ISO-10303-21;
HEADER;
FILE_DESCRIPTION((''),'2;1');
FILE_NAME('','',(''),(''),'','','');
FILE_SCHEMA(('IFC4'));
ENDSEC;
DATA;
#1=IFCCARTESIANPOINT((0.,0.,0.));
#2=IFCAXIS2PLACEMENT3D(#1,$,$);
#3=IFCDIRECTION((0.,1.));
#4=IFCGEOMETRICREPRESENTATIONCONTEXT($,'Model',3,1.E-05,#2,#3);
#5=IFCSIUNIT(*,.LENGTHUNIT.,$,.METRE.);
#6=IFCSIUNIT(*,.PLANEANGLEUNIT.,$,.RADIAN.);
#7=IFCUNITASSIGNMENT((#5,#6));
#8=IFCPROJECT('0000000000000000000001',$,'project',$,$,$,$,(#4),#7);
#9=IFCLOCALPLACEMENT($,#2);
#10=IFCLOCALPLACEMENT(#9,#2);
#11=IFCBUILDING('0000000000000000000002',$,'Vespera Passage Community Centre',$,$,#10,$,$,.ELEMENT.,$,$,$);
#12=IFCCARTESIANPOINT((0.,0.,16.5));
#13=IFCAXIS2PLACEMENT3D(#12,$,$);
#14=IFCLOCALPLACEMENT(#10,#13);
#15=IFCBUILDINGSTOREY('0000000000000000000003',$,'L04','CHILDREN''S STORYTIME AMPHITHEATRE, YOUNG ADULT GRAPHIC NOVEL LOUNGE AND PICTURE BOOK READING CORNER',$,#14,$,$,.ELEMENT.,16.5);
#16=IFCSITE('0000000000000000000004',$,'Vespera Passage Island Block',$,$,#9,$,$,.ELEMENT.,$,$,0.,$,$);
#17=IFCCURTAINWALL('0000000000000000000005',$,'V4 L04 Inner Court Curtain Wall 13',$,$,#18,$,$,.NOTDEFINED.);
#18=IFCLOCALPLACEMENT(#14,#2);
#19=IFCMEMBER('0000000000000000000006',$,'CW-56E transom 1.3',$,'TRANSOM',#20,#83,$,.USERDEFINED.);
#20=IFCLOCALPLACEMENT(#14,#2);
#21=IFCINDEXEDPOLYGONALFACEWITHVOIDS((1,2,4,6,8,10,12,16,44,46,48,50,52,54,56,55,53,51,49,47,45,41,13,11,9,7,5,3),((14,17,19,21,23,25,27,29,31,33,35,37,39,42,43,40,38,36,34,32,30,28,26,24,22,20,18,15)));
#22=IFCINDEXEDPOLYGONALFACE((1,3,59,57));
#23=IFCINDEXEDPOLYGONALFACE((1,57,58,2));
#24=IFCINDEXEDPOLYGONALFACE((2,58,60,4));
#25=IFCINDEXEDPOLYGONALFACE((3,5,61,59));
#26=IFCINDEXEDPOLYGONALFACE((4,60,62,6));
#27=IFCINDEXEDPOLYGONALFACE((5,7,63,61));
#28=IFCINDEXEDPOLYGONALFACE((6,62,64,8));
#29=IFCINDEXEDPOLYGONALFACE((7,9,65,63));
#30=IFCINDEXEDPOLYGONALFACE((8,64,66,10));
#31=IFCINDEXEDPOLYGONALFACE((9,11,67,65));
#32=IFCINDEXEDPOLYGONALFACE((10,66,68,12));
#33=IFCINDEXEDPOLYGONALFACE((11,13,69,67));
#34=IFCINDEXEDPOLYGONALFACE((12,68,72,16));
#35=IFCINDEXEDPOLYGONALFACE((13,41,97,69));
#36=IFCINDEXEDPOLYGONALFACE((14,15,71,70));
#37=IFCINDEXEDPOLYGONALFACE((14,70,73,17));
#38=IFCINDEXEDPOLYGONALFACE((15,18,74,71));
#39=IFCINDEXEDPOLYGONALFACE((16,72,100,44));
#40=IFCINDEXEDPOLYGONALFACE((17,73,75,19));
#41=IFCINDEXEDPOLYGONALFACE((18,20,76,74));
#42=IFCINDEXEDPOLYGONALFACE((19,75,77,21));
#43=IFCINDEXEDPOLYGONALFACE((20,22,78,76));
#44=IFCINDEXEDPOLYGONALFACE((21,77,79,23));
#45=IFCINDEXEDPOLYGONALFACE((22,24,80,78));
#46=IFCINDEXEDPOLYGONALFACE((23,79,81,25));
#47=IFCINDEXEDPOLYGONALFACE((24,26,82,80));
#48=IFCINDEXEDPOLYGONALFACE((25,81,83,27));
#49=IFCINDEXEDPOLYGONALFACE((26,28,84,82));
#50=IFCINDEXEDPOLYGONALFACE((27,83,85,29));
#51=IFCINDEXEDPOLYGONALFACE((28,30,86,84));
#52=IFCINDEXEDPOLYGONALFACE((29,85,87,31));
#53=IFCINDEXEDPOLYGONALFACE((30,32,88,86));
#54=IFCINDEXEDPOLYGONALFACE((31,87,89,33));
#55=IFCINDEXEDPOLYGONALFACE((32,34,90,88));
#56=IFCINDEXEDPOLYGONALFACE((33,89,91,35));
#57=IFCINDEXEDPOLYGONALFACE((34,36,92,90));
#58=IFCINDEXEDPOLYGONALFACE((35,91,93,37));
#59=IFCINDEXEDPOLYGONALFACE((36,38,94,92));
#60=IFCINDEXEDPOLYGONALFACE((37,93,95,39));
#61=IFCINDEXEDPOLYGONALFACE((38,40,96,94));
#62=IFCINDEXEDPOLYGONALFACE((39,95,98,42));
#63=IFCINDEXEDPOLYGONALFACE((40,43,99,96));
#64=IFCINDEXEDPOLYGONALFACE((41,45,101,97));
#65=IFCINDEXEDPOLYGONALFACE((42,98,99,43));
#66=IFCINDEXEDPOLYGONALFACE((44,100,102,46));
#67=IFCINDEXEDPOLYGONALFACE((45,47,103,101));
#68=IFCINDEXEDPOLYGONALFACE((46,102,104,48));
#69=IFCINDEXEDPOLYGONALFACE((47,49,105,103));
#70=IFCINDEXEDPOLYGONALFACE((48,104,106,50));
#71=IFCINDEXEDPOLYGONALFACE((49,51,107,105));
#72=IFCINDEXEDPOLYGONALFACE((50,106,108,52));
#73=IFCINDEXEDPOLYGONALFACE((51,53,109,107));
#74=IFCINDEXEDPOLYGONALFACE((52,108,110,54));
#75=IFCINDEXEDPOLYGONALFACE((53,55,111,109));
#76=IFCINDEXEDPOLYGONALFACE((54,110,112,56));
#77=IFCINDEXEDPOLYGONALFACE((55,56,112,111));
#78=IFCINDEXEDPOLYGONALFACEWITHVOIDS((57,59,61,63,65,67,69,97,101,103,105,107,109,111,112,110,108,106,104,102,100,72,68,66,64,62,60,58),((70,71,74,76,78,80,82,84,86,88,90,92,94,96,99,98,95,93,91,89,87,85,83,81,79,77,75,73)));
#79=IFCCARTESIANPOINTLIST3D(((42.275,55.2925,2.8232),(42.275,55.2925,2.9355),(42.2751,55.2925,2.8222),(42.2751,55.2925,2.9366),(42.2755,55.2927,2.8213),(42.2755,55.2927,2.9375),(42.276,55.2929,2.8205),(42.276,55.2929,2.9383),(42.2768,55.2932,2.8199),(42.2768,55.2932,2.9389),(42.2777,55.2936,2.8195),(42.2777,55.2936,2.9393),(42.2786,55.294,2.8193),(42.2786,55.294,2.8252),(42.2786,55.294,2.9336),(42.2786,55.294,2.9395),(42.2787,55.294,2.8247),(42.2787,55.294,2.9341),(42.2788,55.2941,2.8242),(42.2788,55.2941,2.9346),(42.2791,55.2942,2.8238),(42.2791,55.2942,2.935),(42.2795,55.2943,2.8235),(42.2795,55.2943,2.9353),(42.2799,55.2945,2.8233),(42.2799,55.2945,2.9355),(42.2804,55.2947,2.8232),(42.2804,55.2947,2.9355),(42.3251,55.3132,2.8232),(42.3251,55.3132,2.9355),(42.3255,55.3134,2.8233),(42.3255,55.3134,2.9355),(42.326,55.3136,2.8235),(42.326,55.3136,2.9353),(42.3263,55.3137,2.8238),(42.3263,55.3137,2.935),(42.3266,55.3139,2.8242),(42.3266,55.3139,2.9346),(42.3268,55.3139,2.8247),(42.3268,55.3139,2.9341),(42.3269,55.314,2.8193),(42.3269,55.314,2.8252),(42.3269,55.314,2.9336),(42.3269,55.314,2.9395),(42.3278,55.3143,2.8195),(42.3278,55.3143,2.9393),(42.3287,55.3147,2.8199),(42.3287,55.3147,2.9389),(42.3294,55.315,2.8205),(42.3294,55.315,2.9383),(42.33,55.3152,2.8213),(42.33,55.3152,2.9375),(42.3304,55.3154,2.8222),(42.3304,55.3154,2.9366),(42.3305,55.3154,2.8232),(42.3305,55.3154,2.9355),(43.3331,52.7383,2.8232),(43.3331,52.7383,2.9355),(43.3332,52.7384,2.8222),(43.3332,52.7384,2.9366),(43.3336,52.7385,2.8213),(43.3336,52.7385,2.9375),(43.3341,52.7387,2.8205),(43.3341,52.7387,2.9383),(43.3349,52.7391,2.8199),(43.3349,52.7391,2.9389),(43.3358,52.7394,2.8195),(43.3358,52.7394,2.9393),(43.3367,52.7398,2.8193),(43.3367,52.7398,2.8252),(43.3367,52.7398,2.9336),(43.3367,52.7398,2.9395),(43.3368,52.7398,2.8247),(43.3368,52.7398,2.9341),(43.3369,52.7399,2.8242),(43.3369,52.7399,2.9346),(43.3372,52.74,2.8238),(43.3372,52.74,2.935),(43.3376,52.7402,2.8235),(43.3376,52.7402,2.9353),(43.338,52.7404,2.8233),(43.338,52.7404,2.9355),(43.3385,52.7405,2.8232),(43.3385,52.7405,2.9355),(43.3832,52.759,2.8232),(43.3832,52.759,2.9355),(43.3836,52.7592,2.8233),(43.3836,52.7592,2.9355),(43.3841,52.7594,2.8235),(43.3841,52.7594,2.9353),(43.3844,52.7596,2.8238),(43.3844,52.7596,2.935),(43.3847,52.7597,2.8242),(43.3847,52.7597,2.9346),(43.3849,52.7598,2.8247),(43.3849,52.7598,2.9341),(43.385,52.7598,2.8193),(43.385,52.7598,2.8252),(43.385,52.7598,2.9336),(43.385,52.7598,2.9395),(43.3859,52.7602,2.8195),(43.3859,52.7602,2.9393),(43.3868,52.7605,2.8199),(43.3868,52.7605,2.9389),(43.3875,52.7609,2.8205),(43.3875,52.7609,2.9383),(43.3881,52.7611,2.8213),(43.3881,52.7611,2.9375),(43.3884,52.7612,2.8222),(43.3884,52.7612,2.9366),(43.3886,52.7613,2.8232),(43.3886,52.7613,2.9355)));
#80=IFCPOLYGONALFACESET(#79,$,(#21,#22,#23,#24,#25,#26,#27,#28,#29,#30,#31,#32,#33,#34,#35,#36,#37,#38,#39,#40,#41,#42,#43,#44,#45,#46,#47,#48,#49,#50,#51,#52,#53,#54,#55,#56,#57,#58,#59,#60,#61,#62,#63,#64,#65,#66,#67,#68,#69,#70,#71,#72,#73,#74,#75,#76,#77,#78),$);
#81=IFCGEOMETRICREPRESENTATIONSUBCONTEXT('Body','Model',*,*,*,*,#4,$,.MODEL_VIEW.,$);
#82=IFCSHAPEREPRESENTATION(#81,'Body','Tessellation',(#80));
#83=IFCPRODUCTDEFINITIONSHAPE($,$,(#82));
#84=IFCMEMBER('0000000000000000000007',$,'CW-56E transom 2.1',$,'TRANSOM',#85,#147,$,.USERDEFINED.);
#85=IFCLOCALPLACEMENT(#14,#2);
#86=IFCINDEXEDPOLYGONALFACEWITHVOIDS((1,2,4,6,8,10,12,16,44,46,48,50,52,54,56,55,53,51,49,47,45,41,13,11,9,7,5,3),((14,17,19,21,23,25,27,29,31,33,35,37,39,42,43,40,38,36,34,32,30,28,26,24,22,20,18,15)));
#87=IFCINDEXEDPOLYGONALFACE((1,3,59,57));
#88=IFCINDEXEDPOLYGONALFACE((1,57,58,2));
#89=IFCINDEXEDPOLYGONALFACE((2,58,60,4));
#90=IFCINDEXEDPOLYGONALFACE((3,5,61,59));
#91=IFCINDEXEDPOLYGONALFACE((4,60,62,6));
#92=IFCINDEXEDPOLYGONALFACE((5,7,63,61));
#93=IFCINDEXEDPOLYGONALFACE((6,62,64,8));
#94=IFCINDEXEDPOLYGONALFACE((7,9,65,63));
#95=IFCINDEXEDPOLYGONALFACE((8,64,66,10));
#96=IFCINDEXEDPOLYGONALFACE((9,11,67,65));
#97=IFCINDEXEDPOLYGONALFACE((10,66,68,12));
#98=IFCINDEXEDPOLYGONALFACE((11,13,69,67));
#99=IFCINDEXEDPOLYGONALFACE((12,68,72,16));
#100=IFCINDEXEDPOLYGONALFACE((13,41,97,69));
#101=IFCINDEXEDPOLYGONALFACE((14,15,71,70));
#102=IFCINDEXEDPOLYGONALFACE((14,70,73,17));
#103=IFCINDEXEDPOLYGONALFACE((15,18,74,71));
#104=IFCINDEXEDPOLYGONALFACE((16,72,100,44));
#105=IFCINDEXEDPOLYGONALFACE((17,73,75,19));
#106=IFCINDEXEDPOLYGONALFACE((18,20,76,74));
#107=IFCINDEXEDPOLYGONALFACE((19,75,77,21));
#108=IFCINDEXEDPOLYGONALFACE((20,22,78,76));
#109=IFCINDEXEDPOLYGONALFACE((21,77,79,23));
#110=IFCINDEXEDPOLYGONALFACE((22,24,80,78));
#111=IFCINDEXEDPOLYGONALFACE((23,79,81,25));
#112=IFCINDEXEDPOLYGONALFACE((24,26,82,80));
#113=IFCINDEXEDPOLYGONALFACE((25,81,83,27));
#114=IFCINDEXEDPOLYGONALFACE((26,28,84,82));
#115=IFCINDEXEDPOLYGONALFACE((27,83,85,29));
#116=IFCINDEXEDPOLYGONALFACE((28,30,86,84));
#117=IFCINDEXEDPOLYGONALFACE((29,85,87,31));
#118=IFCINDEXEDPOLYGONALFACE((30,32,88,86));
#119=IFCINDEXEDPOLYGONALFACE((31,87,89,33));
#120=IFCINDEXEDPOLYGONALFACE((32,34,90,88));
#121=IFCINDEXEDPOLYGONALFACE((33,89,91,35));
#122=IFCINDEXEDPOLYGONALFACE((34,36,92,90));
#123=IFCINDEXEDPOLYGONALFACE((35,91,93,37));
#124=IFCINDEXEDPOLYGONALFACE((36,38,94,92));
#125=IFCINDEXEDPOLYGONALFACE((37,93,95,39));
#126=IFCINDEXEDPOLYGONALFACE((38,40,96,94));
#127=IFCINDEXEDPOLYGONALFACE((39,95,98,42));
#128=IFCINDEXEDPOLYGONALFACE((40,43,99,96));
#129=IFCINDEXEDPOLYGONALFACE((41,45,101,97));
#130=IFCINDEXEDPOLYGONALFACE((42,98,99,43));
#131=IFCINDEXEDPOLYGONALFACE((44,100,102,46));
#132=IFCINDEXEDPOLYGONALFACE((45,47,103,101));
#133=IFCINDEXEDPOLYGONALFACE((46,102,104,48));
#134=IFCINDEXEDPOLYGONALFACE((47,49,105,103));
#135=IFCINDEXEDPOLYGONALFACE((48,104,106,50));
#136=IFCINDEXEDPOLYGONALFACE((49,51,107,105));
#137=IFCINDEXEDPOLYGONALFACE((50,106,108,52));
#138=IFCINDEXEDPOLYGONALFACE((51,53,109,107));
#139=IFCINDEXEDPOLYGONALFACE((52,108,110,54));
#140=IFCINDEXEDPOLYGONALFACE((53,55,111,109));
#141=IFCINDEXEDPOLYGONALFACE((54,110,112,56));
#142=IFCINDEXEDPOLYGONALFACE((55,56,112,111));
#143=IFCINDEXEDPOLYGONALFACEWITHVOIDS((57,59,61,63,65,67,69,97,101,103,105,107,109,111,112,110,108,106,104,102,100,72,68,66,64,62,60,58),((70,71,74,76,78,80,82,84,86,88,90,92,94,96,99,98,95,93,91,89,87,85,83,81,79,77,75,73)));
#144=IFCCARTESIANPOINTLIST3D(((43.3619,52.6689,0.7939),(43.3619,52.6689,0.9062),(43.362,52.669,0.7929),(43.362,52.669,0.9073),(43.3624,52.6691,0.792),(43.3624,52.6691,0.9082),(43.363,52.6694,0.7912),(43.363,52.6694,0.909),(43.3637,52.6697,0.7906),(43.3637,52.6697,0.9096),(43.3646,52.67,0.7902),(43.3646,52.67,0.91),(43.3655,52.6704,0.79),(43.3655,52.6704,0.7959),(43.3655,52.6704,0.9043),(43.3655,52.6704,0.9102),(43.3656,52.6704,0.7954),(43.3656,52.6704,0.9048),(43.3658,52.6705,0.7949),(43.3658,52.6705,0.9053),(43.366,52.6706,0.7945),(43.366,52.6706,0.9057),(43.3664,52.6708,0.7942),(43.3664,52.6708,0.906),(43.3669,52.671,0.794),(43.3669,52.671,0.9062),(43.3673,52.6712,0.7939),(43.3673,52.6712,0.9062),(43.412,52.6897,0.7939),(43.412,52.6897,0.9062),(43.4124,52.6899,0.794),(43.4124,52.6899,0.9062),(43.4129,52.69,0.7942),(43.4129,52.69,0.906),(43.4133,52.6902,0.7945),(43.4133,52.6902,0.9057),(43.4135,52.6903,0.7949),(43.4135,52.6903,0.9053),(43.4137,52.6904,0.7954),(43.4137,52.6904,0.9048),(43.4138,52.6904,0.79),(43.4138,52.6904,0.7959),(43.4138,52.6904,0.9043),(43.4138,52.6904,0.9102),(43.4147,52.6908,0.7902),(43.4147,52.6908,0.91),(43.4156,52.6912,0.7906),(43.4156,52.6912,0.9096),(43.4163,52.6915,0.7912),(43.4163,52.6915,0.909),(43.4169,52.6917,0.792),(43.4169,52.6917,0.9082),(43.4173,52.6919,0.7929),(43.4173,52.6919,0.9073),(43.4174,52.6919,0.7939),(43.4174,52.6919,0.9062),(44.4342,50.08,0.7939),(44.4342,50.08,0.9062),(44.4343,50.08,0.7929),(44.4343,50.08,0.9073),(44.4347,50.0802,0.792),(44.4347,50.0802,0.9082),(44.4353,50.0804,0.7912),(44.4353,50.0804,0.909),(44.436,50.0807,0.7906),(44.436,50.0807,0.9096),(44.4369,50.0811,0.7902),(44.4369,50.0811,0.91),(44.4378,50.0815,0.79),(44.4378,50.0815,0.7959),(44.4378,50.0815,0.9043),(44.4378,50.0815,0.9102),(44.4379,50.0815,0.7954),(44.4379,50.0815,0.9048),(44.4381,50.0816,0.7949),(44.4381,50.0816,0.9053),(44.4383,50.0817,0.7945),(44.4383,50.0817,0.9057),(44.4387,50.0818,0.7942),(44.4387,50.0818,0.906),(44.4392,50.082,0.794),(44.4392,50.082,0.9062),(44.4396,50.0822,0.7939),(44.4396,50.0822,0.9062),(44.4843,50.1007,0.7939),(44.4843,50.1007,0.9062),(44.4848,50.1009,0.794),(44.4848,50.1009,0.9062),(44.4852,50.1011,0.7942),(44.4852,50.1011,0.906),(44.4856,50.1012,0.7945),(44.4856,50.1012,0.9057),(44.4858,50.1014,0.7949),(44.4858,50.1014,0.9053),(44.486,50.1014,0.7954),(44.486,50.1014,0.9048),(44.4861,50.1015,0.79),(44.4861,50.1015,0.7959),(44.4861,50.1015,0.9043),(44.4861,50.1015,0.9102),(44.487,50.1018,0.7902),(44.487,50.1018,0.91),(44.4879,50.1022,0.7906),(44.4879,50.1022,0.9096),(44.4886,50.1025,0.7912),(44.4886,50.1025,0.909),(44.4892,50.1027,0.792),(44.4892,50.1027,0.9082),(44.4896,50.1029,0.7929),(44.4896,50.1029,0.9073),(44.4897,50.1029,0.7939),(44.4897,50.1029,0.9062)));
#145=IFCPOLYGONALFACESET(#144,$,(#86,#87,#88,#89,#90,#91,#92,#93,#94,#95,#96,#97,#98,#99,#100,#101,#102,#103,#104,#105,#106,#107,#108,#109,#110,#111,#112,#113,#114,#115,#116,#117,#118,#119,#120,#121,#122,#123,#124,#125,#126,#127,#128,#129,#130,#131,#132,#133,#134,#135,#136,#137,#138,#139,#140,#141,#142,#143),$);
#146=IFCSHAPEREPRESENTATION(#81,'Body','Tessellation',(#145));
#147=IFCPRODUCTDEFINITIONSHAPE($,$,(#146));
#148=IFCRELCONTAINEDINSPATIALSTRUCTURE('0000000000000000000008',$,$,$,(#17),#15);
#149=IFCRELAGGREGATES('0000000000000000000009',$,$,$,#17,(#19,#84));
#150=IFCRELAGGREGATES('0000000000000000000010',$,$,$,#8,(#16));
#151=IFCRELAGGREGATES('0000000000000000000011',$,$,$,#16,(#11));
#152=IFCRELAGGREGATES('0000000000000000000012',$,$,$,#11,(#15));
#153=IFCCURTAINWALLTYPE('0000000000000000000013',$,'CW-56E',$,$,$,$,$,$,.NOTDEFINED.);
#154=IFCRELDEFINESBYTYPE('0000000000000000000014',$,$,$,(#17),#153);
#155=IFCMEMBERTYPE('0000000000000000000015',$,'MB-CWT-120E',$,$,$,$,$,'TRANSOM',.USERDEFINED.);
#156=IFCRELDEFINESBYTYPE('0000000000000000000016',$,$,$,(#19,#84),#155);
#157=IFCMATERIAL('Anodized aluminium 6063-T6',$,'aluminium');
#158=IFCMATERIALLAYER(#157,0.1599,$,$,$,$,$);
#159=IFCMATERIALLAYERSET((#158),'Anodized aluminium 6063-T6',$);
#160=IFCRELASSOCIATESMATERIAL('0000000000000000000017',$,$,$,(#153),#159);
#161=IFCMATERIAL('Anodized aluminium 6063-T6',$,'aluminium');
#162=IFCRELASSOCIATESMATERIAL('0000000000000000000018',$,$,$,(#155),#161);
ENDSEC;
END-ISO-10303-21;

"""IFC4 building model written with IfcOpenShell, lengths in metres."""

from ifc_helpers import new_model, si_unit, direction, frame, origin, origin_2d, place, context, subcontext, project, spatial, hollow_rectangle, extrude, material, layer, layer_set, material_profile, profile_set, type_object, element, aggregate, save


model = new_model("IFC4")

# Units and contexts
model_context = context("Model", 3, precision=1e-05, world=origin(), true_north=direction((0.0, 1.0)))
body_context = subcontext(model_context, "Body", "Model", "MODEL_VIEW")
ifc_project = project(units=[si_unit("LENGTHUNIT", "METRE"), si_unit("PLANEANGLEUNIT", "RADIAN")], contexts=[model_context])

# Site, building, storey
site_placement = place(None, origin())
site = spatial("IfcSite", under=ifc_project, at=site_placement, Name="Vespera Passage Island Block", CompositionType="ELEMENT", RefElevation=0.0)
building_placement = place(site_placement, origin())
building = spatial("IfcBuilding", under=site, at=building_placement, Name="Vespera Passage Community Centre", CompositionType="ELEMENT")
storey_placement = place(building_placement, frame((0.0, 0.0, 16.5)))
storey = spatial("IfcBuildingStorey", under=building, at=storey_placement, Name="L04", Description="CHILDREN'S STORYTIME AMPHITHEATRE, YOUNG ADULT GRAPHIC NOVEL LOUNGE AND PICTURE BOOK READING CORNER", CompositionType="ELEMENT", Elevation=16.5)

# Curtain wall, members
ifc_material_1 = material(Name="Anodized aluminium 6063-T6", Category="aluminium")
ifc_layer_1 = layer(ifc_material_1, 0.1599)
ifc_layer_set_1 = layer_set([ifc_layer_1], Name="Anodized aluminium 6063-T6")
curtain_wall_type_1 = type_object("IfcCurtainWallType", Name="CW-56E", PredefinedType="NOTDEFINED", material=ifc_layer_set_1)
curtain_wall_1_placement = place(storey_placement, origin())
curtain_wall_1 = element("IfcCurtainWall", 1, at=curtain_wall_1_placement, inside=storey, type_object=curtain_wall_type_1, Name="V4 L04 Inner Court Curtain Wall 13", PredefinedType="NOTDEFINED")
ifc_material_2 = material(Name="Anodized aluminium 6063-T6", Category="aluminium")
ifc_material_profile_1 = material_profile(ifc_material_2, hollow_rectangle(XDim=0.0601, YDim=0.1201, WallThickness=0.0039, InnerFilletRadius=0.002, OuterFilletRadius=0.0039, at=origin_2d()), Name="ALU120X60X4")
ifc_profile_set_1 = profile_set([ifc_material_profile_1], Name="Anodized aluminium 6063-T6")
member_type_1 = type_object("IfcMemberType", Name="MB-CWT-120E", ElementType="TRANSOM", PredefinedType="USERDEFINED", material=ifc_profile_set_1)
member_1_placement = place(storey_placement, frame((42.3027, 55.304, 2.8794), z_axis=(0.382721, -0.923864, 0.0), x_axis=(0.923864, 0.382721, 0.0)))
member_1 = element("IfcMember", 2, at=member_1_placement, type_object=member_type_1, Name="CW-56E transom 1.3", ObjectType="TRANSOM", PredefinedType="USERDEFINED", context=body_context, shape_type="SweptSolid", body=[
    extrude(hollow_rectangle(XDim=0.0601, YDim=0.1201, WallThickness=0.0039, InnerFilletRadius=0.002, OuterFilletRadius=0.0039, at=origin_2d()), origin(), (0.0, 0.0, 1.0), 2.7646),
])
member_2_placement = place(storey_placement, frame((43.3896, 52.6804, 0.8501), z_axis=(0.38266, -0.923889, 0.0), x_axis=(0.923889, 0.38266, 0.0)))
member_2 = element("IfcMember", 3, at=member_2_placement, type_object=member_type_1, Name="CW-56E transom 2.1", ObjectType="TRANSOM", PredefinedType="USERDEFINED", context=body_context, shape_type="SweptSolid", body=[
    extrude(hollow_rectangle(XDim=0.0601, YDim=0.1201, WallThickness=0.0039, InnerFilletRadius=0.002, OuterFilletRadius=0.0039, at=origin_2d()), origin(), (0.0, 0.0, 1.0), 2.8022),
])

aggregate(curtain_wall_1, [member_1, member_2])

save(model, "model.ifc")
